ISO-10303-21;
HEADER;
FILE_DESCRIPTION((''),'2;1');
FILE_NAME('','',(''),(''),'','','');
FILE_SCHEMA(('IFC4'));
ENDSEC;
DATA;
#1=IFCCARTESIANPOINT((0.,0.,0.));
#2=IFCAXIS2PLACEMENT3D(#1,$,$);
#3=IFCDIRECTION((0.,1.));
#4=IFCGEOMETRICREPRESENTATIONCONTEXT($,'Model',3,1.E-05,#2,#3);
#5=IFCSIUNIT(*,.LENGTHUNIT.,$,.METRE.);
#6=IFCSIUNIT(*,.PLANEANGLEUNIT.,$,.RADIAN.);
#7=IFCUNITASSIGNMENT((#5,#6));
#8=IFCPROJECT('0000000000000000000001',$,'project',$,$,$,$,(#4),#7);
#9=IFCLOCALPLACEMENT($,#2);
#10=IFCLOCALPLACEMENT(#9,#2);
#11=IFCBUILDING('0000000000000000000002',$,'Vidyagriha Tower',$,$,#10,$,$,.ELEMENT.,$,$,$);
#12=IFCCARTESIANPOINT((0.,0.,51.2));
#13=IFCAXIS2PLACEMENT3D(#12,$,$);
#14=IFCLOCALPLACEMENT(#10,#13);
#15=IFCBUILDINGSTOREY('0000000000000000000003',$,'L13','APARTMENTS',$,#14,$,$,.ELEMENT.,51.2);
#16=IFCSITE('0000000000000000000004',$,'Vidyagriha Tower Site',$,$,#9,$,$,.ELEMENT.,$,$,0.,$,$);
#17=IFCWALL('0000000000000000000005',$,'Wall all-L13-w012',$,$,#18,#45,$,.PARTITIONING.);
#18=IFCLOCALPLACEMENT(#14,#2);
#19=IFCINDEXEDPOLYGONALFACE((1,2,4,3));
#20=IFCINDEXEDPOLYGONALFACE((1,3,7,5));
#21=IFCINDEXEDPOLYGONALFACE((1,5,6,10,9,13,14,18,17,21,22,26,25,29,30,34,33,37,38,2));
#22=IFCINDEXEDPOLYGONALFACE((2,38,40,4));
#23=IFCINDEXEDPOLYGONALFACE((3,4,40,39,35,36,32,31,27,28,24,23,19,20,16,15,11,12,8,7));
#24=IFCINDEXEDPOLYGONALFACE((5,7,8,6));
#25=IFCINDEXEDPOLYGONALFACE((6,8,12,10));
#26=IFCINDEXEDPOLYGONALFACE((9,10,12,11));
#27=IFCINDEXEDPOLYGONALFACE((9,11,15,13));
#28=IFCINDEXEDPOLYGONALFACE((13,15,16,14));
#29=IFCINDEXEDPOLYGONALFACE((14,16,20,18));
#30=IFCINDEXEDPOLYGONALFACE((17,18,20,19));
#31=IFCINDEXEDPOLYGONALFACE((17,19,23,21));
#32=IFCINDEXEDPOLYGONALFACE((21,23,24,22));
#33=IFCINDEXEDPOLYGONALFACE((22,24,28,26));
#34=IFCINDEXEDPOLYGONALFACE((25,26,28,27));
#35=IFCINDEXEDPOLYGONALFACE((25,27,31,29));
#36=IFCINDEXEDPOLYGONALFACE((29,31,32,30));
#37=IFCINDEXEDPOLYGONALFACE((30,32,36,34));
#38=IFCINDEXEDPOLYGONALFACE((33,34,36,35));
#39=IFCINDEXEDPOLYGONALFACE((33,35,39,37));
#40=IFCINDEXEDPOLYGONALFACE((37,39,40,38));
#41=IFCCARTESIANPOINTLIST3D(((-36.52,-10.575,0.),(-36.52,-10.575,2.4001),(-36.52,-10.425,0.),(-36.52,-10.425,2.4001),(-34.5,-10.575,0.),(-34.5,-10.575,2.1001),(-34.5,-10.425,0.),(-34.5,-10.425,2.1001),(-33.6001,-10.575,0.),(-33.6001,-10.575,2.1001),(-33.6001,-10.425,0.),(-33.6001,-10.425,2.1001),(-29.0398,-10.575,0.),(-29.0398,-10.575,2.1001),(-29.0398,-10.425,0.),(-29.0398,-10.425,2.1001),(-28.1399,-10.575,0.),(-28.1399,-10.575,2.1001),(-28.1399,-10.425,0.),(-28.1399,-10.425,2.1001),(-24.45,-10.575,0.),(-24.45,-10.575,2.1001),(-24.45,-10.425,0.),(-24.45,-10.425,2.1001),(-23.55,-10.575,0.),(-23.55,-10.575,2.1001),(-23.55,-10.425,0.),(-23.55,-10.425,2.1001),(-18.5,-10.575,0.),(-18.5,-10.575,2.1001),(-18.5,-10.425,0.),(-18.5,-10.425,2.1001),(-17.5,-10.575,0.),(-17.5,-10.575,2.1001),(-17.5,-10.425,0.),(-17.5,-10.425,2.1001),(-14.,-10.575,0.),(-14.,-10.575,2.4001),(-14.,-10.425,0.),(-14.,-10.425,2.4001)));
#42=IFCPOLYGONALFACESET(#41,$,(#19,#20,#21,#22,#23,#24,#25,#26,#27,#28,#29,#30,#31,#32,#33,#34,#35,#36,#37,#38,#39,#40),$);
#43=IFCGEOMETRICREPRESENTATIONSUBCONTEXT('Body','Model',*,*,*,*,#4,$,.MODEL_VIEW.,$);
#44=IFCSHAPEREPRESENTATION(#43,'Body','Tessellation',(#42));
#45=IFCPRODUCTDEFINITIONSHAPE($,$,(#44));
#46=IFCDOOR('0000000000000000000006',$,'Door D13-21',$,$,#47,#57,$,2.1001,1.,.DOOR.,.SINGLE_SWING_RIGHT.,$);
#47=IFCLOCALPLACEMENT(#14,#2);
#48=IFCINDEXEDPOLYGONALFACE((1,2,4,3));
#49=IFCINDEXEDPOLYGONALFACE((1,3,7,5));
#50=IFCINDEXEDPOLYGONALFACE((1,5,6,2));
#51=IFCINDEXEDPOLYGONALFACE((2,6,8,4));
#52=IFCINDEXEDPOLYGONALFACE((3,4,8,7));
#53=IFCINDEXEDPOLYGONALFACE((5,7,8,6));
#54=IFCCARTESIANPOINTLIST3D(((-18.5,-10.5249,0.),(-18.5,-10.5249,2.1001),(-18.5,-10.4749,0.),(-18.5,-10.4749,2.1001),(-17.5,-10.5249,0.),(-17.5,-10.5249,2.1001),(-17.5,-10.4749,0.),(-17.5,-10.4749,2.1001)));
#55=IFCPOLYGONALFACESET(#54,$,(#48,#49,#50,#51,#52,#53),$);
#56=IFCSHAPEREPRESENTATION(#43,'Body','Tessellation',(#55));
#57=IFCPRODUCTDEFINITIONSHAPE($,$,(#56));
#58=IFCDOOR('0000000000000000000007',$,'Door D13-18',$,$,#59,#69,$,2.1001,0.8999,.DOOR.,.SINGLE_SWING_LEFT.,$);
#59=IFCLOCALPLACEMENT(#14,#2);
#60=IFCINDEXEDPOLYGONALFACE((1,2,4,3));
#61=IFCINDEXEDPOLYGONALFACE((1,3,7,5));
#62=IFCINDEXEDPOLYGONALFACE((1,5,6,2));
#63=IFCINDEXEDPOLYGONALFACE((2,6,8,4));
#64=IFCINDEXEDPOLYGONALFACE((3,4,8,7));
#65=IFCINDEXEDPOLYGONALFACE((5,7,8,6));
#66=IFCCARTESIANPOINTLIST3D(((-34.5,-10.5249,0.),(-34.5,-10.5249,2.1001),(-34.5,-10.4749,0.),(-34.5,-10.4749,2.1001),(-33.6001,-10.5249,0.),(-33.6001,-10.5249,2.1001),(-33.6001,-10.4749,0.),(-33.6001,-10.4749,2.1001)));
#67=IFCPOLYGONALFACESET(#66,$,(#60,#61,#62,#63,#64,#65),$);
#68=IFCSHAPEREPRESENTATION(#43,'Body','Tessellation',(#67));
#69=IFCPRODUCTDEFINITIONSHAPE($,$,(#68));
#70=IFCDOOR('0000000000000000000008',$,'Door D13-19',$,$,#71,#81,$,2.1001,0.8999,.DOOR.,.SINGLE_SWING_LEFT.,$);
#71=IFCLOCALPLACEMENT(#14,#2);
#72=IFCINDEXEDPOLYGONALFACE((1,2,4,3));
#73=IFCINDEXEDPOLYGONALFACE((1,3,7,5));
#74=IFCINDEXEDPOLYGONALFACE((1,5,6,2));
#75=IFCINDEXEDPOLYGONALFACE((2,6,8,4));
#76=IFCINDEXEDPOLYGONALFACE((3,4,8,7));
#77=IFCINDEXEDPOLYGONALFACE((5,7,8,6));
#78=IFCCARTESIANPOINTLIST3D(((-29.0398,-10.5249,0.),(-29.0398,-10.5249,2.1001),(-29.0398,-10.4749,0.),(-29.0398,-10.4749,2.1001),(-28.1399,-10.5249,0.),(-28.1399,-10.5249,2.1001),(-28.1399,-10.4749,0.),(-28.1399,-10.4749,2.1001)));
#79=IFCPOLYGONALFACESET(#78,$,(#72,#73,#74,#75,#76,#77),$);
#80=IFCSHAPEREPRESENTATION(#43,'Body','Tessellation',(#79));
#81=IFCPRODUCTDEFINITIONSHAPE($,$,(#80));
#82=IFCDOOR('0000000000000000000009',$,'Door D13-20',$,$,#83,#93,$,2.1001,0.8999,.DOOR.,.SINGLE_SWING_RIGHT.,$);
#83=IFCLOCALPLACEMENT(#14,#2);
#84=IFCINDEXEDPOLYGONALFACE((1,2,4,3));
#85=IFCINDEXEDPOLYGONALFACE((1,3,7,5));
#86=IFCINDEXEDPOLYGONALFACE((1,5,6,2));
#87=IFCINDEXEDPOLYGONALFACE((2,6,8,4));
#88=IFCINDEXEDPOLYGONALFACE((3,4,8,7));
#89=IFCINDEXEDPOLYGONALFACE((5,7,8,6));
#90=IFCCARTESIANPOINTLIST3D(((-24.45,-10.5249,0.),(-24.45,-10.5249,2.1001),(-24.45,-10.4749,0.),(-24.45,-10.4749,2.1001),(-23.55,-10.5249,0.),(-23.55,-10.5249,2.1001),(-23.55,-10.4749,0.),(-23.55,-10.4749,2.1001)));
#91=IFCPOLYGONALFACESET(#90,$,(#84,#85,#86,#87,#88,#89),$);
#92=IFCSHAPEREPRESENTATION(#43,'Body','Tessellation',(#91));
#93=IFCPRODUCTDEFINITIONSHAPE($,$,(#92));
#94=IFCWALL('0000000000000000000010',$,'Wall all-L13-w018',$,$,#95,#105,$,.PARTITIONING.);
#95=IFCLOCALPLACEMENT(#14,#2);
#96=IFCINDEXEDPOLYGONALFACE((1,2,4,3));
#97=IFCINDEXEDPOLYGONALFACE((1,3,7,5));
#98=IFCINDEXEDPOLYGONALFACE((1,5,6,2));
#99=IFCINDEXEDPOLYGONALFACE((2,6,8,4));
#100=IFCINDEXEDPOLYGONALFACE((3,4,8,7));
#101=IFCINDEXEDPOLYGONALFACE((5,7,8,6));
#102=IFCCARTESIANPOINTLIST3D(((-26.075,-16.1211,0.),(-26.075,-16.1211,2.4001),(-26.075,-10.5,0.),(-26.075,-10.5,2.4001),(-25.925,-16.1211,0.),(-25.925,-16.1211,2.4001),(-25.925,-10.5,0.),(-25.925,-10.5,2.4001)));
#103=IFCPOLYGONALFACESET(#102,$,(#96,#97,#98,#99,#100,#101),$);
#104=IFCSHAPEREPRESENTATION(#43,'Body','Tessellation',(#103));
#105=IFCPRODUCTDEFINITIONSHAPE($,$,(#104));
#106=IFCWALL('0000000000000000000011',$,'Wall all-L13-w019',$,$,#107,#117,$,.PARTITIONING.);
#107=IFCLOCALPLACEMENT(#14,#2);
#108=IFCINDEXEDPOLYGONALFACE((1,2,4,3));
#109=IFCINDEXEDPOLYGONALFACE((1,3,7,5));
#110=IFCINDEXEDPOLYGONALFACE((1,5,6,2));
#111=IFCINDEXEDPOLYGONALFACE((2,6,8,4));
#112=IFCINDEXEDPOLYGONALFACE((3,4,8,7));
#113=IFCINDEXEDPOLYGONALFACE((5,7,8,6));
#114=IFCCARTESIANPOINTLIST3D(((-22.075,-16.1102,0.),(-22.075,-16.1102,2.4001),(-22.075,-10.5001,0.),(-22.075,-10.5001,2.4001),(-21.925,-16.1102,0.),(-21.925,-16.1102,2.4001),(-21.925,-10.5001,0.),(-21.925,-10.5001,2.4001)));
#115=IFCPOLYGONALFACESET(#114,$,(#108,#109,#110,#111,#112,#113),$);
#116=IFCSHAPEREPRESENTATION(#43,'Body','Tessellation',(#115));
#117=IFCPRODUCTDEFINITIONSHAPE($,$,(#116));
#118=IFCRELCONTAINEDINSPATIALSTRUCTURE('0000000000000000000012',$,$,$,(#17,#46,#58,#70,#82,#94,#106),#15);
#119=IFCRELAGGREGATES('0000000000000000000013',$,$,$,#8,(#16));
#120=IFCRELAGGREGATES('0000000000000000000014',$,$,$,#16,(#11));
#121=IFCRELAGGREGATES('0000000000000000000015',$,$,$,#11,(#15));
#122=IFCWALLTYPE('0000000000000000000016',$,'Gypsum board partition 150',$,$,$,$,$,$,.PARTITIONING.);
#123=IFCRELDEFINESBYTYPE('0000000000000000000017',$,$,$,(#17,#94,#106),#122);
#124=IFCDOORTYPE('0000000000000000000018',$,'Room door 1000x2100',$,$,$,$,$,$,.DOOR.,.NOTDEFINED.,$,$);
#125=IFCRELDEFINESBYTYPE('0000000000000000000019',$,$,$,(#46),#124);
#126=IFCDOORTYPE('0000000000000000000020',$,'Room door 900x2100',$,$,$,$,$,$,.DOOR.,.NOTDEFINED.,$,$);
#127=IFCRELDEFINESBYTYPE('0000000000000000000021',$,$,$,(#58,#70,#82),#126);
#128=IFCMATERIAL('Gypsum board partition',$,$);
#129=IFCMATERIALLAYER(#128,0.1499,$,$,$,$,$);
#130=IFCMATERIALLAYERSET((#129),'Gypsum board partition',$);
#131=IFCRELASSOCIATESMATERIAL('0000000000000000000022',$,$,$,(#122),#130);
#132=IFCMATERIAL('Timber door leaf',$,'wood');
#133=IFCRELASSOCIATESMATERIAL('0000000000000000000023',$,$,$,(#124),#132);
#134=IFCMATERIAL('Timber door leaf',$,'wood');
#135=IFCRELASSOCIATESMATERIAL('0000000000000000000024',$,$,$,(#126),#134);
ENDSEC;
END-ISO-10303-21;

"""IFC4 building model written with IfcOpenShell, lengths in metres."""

from ifc_helpers import new_model, si_unit, direction, frame, frame_2d, origin, place, context, subcontext, project, spatial, rectangle, extrude, material, layer, layer_set, type_object, element, fill, save


model = new_model("IFC4")

# Units and contexts
model_context = context("Model", 3, precision=1e-05, world=origin(), true_north=direction((0.0, 1.0)))
body_context = subcontext(model_context, "Body", "Model", "MODEL_VIEW")
ifc_project = project(units=[si_unit("LENGTHUNIT", "METRE"), si_unit("PLANEANGLEUNIT", "RADIAN")], contexts=[model_context])

# Site, building, storey
site_placement = place(None, origin())
site = spatial("IfcSite", under=ifc_project, at=site_placement, Name="Vidyagriha Tower Site", CompositionType="ELEMENT", RefElevation=0.0)
building_placement = place(site_placement, origin())
building = spatial("IfcBuilding", under=site, at=building_placement, Name="Vidyagriha Tower", CompositionType="ELEMENT")
storey_placement = place(building_placement, frame((0.0, 0.0, 51.2)))
storey = spatial("IfcBuildingStorey", under=building, at=storey_placement, Name="L13", Description="APARTMENTS", CompositionType="ELEMENT", Elevation=51.2)

# Shared definitions
ifc_material_1 = material(Name="Gypsum board partition")
ifc_layer_1 = layer(ifc_material_1, 0.1499)
ifc_layer_set_1 = layer_set([ifc_layer_1], Name="Gypsum board partition")
wall_type_1 = type_object("IfcWallType", Name="Gypsum board partition 150", PredefinedType="PARTITIONING", material=ifc_layer_set_1)

# Wall, openings, doors
wall_1_placement = place(storey_placement, frame((-14.0, -10.5, 0.0), z_axis=(0.0, 0.0, 1.0), x_axis=(-1.0, 0.0, 0.0)))
wall_1 = element("IfcWall", 1, at=wall_1_placement, inside=storey, type_object=wall_type_1, Name="Wall all-L13-w012", PredefinedType="PARTITIONING", context=body_context, shape_type="SweptSolid", body=[
    extrude(rectangle(XDim=22.52, YDim=0.1499, at=frame_2d((11.26, 0.0))), origin(), (0.0, 0.0, 1.0), 2.4001),
])
opening_1_placement = place(wall_1_placement, frame((19.6001, 0.0, 0.0)))
opening_1 = element("IfcOpeningElement", 2, at=opening_1_placement, cuts=wall_1, PredefinedType="OPENING", context=body_context, shape_type="SweptSolid", body=[
    extrude(rectangle(XDim=0.8999, YDim=2.1001, at=frame_2d((0.45, 1.05))), frame((0.0, 0.085, 0.0), z_axis=(0.0, -1.0, 0.0), x_axis=(1.0, 0.0, 0.0)), (0.0, 0.0, 1.0), 0.1699),
])
opening_2_placement = place(wall_1_placement, frame((14.1399, 0.0, 0.0)))
opening_2 = element("IfcOpeningElement", 3, at=opening_2_placement, cuts=wall_1, PredefinedType="OPENING", context=body_context, shape_type="SweptSolid", body=[
    extrude(rectangle(XDim=0.8999, YDim=2.1001, at=frame_2d((0.45, 1.05))), frame((0.0, 0.085, 0.0), z_axis=(0.0, -1.0, 0.0), x_axis=(1.0, 0.0, 0.0)), (0.0, 0.0, 1.0), 0.1699),
])
opening_3_placement = place(wall_1_placement, frame((9.55, 0.0, 0.0)))
opening_3 = element("IfcOpeningElement", 4, at=opening_3_placement, cuts=wall_1, PredefinedType="OPENING", context=body_context, shape_type="SweptSolid", body=[
    extrude(rectangle(XDim=0.8999, YDim=2.1001, at=frame_2d((0.45, 1.05))), frame((0.0, 0.085, 0.0), z_axis=(0.0, -1.0, 0.0), x_axis=(1.0, 0.0, 0.0)), (0.0, 0.0, 1.0), 0.1699),
])
opening_4_placement = place(wall_1_placement, frame((3.5, 0.0, 0.0)))
opening_4 = element("IfcOpeningElement", 5, at=opening_4_placement, cuts=wall_1, PredefinedType="OPENING", context=body_context, shape_type="SweptSolid", body=[
    extrude(rectangle(XDim=1.0, YDim=2.1001, at=frame_2d((0.5, 1.05))), frame((0.0, 0.085, 0.0), z_axis=(0.0, -1.0, 0.0), x_axis=(1.0, 0.0, 0.0)), (0.0, 0.0, 1.0), 0.1699),
])
ifc_material_2 = material(Name="Timber door leaf", Category="wood")
door_type_1 = type_object("IfcDoorType", Name="Room door 1000x2100", OperationType="NOTDEFINED", PredefinedType="DOOR", material=ifc_material_2)
door_1_placement = place(opening_4_placement, origin())
door_1 = element("IfcDoor", 6, at=door_1_placement, inside=storey, type_object=door_type_1, Name="Door D13-21", OperationType="SINGLE_SWING_RIGHT", OverallHeight=2.1001, OverallWidth=1.0, PredefinedType="DOOR", context=body_context, shape_type="SweptSolid", body=[
    extrude(rectangle(XDim=1.0, YDim=2.1001, at=frame_2d((0.5, 1.05))), frame((0.0, 0.0249, 0.0), z_axis=(0.0, -1.0, 0.0), x_axis=(1.0, 0.0, 0.0)), (0.0, 0.0, 1.0), 0.05),
])
fill(opening_4, door_1)
ifc_material_3 = material(Name="Timber door leaf", Category="wood")
door_type_2 = type_object("IfcDoorType", Name="Room door 900x2100", OperationType="NOTDEFINED", PredefinedType="DOOR", material=ifc_material_3)
door_2_placement = place(opening_1_placement, origin())
door_2 = element("IfcDoor", 7, at=door_2_placement, inside=storey, type_object=door_type_2, Name="Door D13-18", OperationType="SINGLE_SWING_LEFT", OverallHeight=2.1001, OverallWidth=0.8999, PredefinedType="DOOR", context=body_context, shape_type="SweptSolid", body=[
    extrude(rectangle(XDim=0.8999, YDim=2.1001, at=frame_2d((0.45, 1.05))), frame((0.0, 0.0249, 0.0), z_axis=(0.0, -1.0, 0.0), x_axis=(1.0, 0.0, 0.0)), (0.0, 0.0, 1.0), 0.05),
])
fill(opening_1, door_2)
door_3_placement = place(opening_2_placement, origin())
door_3 = element("IfcDoor", 8, at=door_3_placement, inside=storey, type_object=door_type_2, Name="Door D13-19", OperationType="SINGLE_SWING_LEFT", OverallHeight=2.1001, OverallWidth=0.8999, PredefinedType="DOOR", context=body_context, shape_type="SweptSolid", body=[
    extrude(rectangle(XDim=0.8999, YDim=2.1001, at=frame_2d((0.45, 1.05))), frame((0.0, 0.0249, 0.0), z_axis=(0.0, -1.0, 0.0), x_axis=(1.0, 0.0, 0.0)), (0.0, 0.0, 1.0), 0.05),
])
fill(opening_2, door_3)
door_4_placement = place(opening_3_placement, origin())
door_4 = element("IfcDoor", 9, at=door_4_placement, inside=storey, type_object=door_type_2, Name="Door D13-20", OperationType="SINGLE_SWING_RIGHT", OverallHeight=2.1001, OverallWidth=0.8999, PredefinedType="DOOR", context=body_context, shape_type="SweptSolid", body=[
    extrude(rectangle(XDim=0.8999, YDim=2.1001, at=frame_2d((0.45, 1.05))), frame((0.0, 0.0249, 0.0), z_axis=(0.0, -1.0, 0.0), x_axis=(1.0, 0.0, 0.0)), (0.0, 0.0, 1.0), 0.05),
])
fill(opening_3, door_4)

# Walls
wall_2_placement = place(storey_placement, frame((-26.0, -10.5, 0.0), z_axis=(0.0, 0.0, 1.0), x_axis=(0.0, -1.0, 0.0)))
element("IfcWall", 10, at=wall_2_placement, inside=storey, type_object=wall_type_1, Name="Wall all-L13-w018", PredefinedType="PARTITIONING", context=body_context, shape_type="SweptSolid", body=[
    extrude(rectangle(XDim=5.6211, YDim=0.1499, at=frame_2d((2.8105, 0.0))), origin(), (0.0, 0.0, 1.0), 2.4001),
])
wall_3_placement = place(storey_placement, frame((-22.0, -10.5, 0.0), z_axis=(0.0, 0.0, 1.0), x_axis=(0.0, -1.0, 0.0)))
element("IfcWall", 11, at=wall_3_placement, inside=storey, type_object=wall_type_1, Name="Wall all-L13-w019", PredefinedType="PARTITIONING", context=body_context, shape_type="SweptSolid", body=[
    extrude(rectangle(XDim=5.6101, YDim=0.1499, at=frame_2d((2.8052, 0.0))), origin(), (0.0, 0.0, 1.0), 2.4001),
])

save(model, "model.ifc")
